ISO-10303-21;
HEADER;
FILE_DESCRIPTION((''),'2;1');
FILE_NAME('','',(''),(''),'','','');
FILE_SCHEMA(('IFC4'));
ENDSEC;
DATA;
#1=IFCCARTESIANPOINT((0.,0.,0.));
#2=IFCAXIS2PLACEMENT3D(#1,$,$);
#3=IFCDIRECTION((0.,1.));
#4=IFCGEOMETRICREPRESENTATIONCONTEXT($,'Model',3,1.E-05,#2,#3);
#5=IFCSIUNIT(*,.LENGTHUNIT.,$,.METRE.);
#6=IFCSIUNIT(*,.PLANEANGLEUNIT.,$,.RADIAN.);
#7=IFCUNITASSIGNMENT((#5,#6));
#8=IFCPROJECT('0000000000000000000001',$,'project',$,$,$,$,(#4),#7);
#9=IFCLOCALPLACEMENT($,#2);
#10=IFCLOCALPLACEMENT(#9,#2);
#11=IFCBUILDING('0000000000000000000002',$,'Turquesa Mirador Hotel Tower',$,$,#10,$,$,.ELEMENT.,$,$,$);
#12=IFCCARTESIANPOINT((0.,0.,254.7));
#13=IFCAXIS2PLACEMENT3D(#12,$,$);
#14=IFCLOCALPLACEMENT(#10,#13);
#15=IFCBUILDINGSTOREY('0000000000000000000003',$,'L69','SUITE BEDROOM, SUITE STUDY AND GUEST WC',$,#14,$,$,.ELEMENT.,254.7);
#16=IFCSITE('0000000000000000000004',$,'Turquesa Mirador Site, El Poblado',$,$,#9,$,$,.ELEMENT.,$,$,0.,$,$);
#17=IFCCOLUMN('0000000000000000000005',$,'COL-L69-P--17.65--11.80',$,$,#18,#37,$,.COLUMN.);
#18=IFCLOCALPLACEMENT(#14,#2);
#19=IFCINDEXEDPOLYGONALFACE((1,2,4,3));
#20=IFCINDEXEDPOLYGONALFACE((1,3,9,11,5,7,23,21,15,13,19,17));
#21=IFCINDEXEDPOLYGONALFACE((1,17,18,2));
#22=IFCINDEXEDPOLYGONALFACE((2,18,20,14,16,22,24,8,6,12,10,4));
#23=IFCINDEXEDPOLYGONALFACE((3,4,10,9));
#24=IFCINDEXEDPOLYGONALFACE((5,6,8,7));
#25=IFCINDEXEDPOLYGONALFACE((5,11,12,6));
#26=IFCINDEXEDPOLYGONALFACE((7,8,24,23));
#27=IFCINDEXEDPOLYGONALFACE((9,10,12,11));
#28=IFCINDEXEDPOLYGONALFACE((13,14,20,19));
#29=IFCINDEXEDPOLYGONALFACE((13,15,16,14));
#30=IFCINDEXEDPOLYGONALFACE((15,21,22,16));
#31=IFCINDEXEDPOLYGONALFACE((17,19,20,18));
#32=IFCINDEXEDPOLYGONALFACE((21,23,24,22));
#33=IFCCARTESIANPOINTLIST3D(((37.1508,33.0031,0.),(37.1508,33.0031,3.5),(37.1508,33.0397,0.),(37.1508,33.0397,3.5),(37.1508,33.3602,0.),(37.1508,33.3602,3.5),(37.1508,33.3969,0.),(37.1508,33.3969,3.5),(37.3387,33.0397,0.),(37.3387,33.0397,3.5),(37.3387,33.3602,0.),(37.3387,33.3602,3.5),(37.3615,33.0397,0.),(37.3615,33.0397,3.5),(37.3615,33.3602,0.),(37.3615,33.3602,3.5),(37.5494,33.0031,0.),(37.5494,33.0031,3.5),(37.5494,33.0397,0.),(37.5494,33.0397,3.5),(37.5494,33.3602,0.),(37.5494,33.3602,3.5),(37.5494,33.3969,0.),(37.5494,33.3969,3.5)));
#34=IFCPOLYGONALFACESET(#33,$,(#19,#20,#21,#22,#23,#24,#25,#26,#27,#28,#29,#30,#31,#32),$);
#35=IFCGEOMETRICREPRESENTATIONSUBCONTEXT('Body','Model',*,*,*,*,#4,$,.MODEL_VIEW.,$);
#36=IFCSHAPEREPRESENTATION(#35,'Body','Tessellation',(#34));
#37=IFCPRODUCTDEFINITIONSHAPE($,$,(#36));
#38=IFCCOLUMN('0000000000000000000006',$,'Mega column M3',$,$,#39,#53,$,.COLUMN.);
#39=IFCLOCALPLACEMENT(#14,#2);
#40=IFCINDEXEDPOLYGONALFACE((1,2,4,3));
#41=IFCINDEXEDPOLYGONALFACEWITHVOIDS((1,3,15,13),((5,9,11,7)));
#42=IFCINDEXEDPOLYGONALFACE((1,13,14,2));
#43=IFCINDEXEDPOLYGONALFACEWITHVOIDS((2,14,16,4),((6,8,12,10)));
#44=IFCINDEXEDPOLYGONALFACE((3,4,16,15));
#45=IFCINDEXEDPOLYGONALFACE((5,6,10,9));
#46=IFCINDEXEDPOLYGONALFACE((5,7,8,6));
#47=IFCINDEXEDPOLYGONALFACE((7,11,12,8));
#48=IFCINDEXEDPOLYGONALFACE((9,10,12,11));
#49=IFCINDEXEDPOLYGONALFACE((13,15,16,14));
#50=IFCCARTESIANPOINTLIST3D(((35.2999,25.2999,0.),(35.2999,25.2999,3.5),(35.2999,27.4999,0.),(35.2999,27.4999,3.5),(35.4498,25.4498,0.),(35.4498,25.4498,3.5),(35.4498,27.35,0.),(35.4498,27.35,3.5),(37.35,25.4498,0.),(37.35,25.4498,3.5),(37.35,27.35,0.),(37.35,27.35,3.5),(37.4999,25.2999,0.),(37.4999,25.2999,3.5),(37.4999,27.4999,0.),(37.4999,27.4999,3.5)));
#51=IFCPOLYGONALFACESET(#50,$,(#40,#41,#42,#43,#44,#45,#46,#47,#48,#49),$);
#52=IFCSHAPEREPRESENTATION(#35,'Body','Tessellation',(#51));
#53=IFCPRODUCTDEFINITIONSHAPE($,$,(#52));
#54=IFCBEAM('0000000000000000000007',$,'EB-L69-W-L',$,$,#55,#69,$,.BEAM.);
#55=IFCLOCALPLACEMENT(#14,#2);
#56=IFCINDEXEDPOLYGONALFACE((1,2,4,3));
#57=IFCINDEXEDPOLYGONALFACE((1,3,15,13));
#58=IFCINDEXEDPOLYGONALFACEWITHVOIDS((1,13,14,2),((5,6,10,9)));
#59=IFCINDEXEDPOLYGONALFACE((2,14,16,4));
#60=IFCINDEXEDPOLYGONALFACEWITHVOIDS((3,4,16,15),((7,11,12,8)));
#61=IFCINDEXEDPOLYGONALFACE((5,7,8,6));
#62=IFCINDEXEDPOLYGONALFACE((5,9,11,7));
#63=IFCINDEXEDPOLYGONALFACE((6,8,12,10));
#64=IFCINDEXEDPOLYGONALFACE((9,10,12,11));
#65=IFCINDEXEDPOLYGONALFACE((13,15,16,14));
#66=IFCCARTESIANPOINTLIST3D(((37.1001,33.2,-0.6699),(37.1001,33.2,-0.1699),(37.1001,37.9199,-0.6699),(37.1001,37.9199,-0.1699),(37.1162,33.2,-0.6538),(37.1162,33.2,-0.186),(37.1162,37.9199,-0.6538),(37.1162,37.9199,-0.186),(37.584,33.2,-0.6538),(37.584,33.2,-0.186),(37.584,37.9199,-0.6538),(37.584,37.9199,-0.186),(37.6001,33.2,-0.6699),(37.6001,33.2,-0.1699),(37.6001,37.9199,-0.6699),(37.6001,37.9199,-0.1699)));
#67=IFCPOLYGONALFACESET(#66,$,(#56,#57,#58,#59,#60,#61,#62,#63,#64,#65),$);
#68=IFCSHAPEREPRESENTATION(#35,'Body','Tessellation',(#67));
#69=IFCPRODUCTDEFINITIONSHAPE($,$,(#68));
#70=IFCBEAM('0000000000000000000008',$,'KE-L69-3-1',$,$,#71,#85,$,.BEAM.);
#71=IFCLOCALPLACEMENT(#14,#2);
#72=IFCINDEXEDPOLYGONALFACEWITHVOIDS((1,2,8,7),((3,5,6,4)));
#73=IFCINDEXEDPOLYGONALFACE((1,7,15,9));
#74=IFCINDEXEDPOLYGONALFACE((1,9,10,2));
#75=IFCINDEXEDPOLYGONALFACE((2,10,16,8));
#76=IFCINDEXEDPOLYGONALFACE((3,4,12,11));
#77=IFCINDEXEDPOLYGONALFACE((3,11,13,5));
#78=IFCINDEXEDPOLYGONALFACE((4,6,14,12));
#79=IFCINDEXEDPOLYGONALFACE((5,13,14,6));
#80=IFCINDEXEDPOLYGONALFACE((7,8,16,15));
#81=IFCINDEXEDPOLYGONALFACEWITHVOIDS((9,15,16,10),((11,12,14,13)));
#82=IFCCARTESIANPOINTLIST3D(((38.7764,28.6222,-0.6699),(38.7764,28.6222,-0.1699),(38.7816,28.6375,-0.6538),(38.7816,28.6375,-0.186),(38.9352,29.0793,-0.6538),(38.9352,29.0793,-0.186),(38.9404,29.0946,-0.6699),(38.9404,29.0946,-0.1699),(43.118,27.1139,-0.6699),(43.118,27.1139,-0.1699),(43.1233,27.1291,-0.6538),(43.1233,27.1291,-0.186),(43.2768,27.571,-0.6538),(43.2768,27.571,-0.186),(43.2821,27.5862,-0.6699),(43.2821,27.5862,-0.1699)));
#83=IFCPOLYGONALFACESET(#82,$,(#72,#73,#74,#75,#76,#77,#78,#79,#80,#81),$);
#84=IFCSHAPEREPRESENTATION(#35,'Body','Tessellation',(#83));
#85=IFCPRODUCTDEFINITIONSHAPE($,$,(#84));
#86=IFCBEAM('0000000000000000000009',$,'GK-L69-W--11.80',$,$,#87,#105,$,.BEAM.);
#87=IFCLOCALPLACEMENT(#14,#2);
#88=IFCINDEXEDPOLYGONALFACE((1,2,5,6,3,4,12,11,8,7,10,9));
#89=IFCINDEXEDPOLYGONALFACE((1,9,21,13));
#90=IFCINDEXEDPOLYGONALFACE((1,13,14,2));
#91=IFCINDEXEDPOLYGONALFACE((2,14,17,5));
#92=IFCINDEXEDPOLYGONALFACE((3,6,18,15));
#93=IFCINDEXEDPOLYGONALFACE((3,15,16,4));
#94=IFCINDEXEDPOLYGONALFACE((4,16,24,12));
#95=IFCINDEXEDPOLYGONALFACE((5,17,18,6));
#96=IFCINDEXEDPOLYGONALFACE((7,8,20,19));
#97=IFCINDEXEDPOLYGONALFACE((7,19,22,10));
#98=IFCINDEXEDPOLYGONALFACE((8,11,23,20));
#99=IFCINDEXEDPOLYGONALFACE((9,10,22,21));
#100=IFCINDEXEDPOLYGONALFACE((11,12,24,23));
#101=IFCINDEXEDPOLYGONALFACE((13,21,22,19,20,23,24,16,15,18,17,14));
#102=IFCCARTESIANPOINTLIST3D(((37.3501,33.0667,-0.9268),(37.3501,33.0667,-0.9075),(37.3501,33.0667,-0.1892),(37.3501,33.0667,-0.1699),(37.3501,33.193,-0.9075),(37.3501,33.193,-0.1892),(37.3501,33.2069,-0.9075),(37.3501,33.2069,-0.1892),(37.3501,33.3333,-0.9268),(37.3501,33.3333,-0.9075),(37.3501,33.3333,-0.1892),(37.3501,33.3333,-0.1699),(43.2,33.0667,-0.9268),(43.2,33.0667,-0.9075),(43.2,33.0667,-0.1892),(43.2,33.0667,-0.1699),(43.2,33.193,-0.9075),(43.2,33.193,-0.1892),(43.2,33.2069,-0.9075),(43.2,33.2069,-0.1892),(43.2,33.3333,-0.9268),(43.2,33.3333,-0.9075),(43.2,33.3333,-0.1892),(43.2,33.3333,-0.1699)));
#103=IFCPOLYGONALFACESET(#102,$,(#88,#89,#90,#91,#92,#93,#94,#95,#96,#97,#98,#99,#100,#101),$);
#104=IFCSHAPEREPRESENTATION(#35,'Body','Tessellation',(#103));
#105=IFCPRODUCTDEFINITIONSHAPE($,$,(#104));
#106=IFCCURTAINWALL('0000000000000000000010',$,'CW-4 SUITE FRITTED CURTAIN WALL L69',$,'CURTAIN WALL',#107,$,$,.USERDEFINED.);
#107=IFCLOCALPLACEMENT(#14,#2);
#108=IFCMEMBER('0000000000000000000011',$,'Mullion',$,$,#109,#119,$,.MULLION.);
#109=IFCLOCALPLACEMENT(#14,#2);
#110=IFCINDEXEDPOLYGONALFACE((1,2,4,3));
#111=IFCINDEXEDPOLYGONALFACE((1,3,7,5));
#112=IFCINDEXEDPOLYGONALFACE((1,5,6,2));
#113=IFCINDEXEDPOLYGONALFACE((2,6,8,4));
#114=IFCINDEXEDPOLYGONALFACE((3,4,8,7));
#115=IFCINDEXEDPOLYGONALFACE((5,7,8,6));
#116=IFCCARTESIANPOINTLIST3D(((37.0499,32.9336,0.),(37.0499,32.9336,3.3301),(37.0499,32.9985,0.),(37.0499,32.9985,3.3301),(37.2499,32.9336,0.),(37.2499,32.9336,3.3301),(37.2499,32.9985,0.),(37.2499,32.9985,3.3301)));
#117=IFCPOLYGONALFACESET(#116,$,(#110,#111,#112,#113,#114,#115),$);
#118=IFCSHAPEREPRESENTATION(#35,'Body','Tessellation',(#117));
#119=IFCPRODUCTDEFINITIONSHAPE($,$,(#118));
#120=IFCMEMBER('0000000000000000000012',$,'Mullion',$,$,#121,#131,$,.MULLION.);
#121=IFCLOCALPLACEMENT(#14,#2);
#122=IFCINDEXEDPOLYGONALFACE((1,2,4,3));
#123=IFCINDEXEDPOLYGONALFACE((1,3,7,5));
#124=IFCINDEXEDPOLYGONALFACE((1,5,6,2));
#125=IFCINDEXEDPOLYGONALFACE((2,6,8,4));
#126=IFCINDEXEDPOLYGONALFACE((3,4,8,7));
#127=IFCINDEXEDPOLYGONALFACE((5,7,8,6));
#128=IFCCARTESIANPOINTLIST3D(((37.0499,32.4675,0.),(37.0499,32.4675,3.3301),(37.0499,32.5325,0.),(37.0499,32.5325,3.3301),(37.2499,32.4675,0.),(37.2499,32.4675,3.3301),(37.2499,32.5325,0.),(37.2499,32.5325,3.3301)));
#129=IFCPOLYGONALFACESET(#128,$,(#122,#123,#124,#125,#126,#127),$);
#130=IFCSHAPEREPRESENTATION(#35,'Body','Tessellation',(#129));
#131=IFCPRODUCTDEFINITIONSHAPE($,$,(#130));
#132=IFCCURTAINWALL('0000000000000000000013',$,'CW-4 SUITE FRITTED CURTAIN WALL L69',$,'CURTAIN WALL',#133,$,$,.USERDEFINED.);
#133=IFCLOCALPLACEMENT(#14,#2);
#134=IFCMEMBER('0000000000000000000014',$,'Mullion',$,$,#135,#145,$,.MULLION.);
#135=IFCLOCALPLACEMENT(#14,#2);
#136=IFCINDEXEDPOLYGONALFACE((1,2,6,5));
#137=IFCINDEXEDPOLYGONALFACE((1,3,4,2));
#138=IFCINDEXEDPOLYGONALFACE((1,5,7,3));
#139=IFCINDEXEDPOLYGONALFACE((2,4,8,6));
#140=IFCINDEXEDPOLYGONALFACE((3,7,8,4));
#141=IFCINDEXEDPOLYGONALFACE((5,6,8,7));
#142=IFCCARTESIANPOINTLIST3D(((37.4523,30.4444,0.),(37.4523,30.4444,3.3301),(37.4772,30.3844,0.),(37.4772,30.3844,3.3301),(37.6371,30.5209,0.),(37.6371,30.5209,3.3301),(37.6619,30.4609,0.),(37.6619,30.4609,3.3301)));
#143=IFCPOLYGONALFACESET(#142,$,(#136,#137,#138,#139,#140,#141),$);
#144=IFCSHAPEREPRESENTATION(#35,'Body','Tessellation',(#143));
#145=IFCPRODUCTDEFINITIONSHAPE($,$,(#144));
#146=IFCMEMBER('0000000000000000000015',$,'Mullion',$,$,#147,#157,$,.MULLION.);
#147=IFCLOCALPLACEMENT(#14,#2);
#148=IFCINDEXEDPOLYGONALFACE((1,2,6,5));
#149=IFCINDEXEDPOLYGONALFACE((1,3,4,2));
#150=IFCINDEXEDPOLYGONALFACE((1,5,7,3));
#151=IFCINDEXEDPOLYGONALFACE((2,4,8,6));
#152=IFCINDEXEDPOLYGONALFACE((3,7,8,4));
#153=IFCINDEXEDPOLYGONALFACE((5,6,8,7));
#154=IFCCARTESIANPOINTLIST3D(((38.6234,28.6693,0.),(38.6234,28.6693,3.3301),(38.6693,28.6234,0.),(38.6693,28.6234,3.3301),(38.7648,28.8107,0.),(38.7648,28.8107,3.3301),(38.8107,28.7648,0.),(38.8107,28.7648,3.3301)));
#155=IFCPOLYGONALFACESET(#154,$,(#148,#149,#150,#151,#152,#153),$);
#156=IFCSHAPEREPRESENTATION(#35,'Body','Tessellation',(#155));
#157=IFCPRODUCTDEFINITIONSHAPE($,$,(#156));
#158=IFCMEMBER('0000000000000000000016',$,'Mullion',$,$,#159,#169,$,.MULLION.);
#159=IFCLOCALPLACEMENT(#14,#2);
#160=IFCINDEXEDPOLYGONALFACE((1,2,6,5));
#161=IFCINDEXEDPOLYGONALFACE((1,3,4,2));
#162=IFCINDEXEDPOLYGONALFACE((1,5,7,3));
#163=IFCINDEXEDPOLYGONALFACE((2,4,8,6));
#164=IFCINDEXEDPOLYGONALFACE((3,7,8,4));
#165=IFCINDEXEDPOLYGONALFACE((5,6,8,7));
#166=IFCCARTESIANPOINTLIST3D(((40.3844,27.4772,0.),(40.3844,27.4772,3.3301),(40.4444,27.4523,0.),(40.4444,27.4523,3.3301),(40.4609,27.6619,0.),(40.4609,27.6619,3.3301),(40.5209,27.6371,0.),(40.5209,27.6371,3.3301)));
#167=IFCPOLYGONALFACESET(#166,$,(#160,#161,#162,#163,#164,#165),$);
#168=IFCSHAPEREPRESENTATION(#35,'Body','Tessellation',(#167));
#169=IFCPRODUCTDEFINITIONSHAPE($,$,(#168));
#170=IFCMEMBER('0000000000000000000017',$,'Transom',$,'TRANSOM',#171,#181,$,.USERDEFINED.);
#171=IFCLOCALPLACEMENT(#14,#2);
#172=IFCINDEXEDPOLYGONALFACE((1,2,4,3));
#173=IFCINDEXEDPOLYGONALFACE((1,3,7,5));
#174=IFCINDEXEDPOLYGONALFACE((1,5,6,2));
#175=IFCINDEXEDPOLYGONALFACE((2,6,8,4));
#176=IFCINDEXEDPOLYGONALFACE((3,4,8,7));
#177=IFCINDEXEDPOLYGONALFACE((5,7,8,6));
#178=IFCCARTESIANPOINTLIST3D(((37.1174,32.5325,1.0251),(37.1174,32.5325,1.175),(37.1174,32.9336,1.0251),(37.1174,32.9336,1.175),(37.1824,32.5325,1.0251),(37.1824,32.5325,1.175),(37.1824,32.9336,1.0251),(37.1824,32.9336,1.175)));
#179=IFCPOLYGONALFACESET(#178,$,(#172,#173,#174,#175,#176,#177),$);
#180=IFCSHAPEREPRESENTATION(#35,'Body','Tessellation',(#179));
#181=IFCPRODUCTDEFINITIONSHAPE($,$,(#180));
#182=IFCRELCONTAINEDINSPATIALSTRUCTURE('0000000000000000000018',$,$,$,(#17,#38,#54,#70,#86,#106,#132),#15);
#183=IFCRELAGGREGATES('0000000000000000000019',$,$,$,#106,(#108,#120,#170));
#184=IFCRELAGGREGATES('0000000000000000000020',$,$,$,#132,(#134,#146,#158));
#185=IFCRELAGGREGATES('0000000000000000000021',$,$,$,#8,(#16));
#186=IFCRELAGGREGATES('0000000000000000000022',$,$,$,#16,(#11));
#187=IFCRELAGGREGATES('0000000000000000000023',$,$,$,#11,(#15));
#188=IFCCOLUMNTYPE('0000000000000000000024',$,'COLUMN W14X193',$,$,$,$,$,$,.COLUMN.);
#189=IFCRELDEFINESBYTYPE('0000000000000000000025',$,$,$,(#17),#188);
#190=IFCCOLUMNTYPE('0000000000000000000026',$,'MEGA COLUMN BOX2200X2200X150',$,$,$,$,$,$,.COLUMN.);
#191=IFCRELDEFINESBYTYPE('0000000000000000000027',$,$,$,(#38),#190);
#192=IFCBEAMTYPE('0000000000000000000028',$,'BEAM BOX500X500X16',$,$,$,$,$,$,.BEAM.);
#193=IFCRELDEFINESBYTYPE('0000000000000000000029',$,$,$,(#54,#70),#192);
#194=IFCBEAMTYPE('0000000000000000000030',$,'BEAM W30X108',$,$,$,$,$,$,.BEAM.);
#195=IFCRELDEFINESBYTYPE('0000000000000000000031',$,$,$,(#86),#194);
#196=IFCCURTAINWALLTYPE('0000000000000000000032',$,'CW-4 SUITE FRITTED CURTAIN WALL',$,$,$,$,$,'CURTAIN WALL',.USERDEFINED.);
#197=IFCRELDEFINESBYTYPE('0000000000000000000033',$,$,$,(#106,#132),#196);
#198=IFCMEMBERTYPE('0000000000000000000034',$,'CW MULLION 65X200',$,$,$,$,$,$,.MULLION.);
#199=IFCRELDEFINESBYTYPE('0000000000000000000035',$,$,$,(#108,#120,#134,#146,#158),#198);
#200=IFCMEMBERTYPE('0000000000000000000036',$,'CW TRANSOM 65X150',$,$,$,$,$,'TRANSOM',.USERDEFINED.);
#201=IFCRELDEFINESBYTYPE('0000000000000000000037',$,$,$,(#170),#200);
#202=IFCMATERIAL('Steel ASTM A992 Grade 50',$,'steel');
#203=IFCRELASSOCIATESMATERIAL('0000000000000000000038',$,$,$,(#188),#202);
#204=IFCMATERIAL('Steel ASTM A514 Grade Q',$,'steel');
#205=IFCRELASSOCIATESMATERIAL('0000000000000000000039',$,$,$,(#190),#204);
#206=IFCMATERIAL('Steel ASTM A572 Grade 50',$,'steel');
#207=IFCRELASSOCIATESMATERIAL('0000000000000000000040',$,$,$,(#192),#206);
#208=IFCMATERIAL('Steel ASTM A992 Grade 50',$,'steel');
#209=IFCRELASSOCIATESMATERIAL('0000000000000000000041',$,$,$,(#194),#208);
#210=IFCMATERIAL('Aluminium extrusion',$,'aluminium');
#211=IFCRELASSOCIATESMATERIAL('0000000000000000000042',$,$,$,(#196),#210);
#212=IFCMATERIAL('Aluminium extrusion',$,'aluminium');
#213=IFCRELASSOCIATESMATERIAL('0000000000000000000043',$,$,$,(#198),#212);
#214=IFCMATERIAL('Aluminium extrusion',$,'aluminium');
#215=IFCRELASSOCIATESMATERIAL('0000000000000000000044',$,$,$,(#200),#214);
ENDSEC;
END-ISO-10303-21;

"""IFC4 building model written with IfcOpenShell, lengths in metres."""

from ifc_helpers import new_model, si_unit, direction, frame, origin, origin_2d, place, context, subcontext, project, spatial, rectangle, hollow_rectangle, i_section, extrude, material, material_profile, profile_set, type_object, element, aggregate, save


model = new_model("IFC4")

# Units and contexts
model_context = context("Model", 3, precision=1e-05, world=origin(), true_north=direction((0.0, 1.0)))
body_context = subcontext(model_context, "Body", "Model", "MODEL_VIEW")
ifc_project = project(units=[si_unit("LENGTHUNIT", "METRE"), si_unit("PLANEANGLEUNIT", "RADIAN")], contexts=[model_context])

# Site, building, storey
site_placement = place(None, origin())
site = spatial("IfcSite", under=ifc_project, at=site_placement, Name="Turquesa Mirador Site, El Poblado", CompositionType="ELEMENT", RefElevation=0.0)
building_placement = place(site_placement, origin())
building = spatial("IfcBuilding", under=site, at=building_placement, Name="Turquesa Mirador Hotel Tower", CompositionType="ELEMENT")
storey_placement = place(building_placement, frame((0.0, 0.0, 254.7)))
storey = spatial("IfcBuildingStorey", under=building, at=storey_placement, Name="L69", Description="SUITE BEDROOM, SUITE STUDY AND GUEST WC", CompositionType="ELEMENT", Elevation=254.7)

# Columns
ifc_material_1 = material(Name="Steel ASTM A992 Grade 50", Category="steel")
ifc_material_profile_1 = material_profile(ifc_material_1, i_section(OverallWidth=0.3987, OverallDepth=0.3938, WebThickness=0.0227, FlangeThickness=0.0366, at=origin_2d()), Name="W14X193")
ifc_profile_set_1 = profile_set([ifc_material_profile_1], Name="Steel ASTM A992 Grade 50")
column_type_1 = type_object("IfcColumnType", Name="COLUMN W14X193", PredefinedType="COLUMN", material=ifc_profile_set_1)
column_1_placement = place(storey_placement, frame((37.3501, 33.2, 0.0), z_axis=(0.0, 0.0, 1.0), x_axis=(1.0, 0.0, 0.0)))
element("IfcColumn", 1, at=column_1_placement, inside=storey, type_object=column_type_1, Name="COL-L69-P--17.65--11.80", PredefinedType="COLUMN", context=body_context, shape_type="SweptSolid", body=[
    extrude(i_section(OverallWidth=0.3987, OverallDepth=0.3938, WebThickness=0.0227, FlangeThickness=0.0366, at=origin_2d()), origin(), (0.0, 0.0, 1.0), 3.5),
])
ifc_material_2 = material(Name="Steel ASTM A514 Grade Q", Category="steel")
ifc_material_profile_2 = material_profile(ifc_material_2, hollow_rectangle(XDim=2.2, YDim=2.2, WallThickness=0.1499, at=origin_2d()), Name="BOX2200X2200X150")
ifc_profile_set_2 = profile_set([ifc_material_profile_2], Name="Steel ASTM A514 Grade Q")
column_type_2 = type_object("IfcColumnType", Name="MEGA COLUMN BOX2200X2200X150", PredefinedType="COLUMN", material=ifc_profile_set_2)
column_2_placement = place(storey_placement, frame((36.3999, 26.3999, 0.0), z_axis=(0.0, 0.0, 1.0), x_axis=(1.0, 0.0, 0.0)))
element("IfcColumn", 2, at=column_2_placement, inside=storey, type_object=column_type_2, Name="Mega column M3", PredefinedType="COLUMN", context=body_context, shape_type="SweptSolid", body=[
    extrude(hollow_rectangle(XDim=2.2, YDim=2.2, WallThickness=0.1499, at=origin_2d()), origin(), (0.0, 0.0, 1.0), 3.5),
])

# Beams
ifc_material_3 = material(Name="Steel ASTM A572 Grade 50", Category="steel")
ifc_material_profile_3 = material_profile(ifc_material_3, hollow_rectangle(XDim=0.5, YDim=0.5, WallThickness=0.0161, at=origin_2d()), Name="BOX500X500X16")
ifc_profile_set_3 = profile_set([ifc_material_profile_3], Name="Steel ASTM A572 Grade 50")
beam_type_1 = type_object("IfcBeamType", Name="BEAM BOX500X500X16", PredefinedType="BEAM", material=ifc_profile_set_3)
beam_1_placement = place(storey_placement, frame((37.3501, 33.2, -0.4199), z_axis=(0.0, 1.0, 0.0), x_axis=(-1.0, 0.0, 0.0)))
element("IfcBeam", 3, at=beam_1_placement, inside=storey, type_object=beam_type_1, Name="EB-L69-W-L", PredefinedType="BEAM", context=body_context, shape_type="SweptSolid", body=[
    extrude(hollow_rectangle(XDim=0.5, YDim=0.5, WallThickness=0.0161, at=origin_2d()), origin(), (0.0, 0.0, 1.0), 4.72),
])
beam_2_placement = place(storey_placement, frame((38.8584, 28.8584, -0.4199), z_axis=(0.944619, -0.32817, 0.0), x_axis=(0.32817, 0.944619, 0.0)))
element("IfcBeam", 4, at=beam_2_placement, inside=storey, type_object=beam_type_1, Name="KE-L69-3-1", PredefinedType="BEAM", context=body_context, shape_type="SweptSolid", body=[
    extrude(hollow_rectangle(XDim=0.5, YDim=0.5, WallThickness=0.0161, at=origin_2d()), origin(), (0.0, 0.0, 1.0), 4.5962),
])
ifc_material_4 = material(Name="Steel ASTM A992 Grade 50", Category="steel")
ifc_material_profile_4 = material_profile(ifc_material_4, i_section(OverallWidth=0.2666, OverallDepth=0.7568, WebThickness=0.0139, FlangeThickness=0.0193, at=origin_2d()), Name="W30X108")
ifc_profile_set_4 = profile_set([ifc_material_profile_4], Name="Steel ASTM A992 Grade 50")
beam_type_2 = type_object("IfcBeamType", Name="BEAM W30X108", PredefinedType="BEAM", material=ifc_profile_set_4)
beam_3_placement = place(storey_placement, frame((37.3501, 33.2, -0.5483), z_axis=(1.0, 0.0, 0.0), x_axis=(0.0, 1.0, 0.0)))
element("IfcBeam", 5, at=beam_3_placement, inside=storey, type_object=beam_type_2, Name="GK-L69-W--11.80", PredefinedType="BEAM", context=body_context, shape_type="SweptSolid", body=[
    extrude(i_section(OverallWidth=0.2666, OverallDepth=0.7568, WebThickness=0.0139, FlangeThickness=0.0193, at=origin_2d()), origin(), (0.0, 0.0, 1.0), 5.8499),
])

# Curtain walls, members
ifc_material_5 = material(Name="Aluminium extrusion", Category="aluminium")
curtain_wall_type = type_object("IfcCurtainWallType", Name="CW-4 SUITE FRITTED CURTAIN WALL", ElementType="CURTAIN WALL", PredefinedType="USERDEFINED", material=ifc_material_5)
curtain_wall_1_placement = place(storey_placement, origin())
curtain_wall_1 = element("IfcCurtainWall", 6, at=curtain_wall_1_placement, inside=storey, type_object=curtain_wall_type, Name="CW-4 SUITE FRITTED CURTAIN WALL L69", ObjectType="CURTAIN WALL", PredefinedType="USERDEFINED")
ifc_material_6 = material(Name="Aluminium extrusion", Category="aluminium")
ifc_material_profile_5 = material_profile(ifc_material_6, rectangle(XDim=0.0649, YDim=0.2, at=origin_2d()), Name="MULLION 65X200")
ifc_profile_set_5 = profile_set([ifc_material_profile_5], Name="Aluminium extrusion")
member_type_1 = type_object("IfcMemberType", Name="CW MULLION 65X200", PredefinedType="MULLION", material=ifc_profile_set_5)
member_1_placement = place(storey_placement, frame((37.1499, 32.9661, 0.0), z_axis=(0.0, 0.0, 1.0), x_axis=(0.0, -1.0, 0.0)))
member_1 = element("IfcMember", 7, at=member_1_placement, type_object=member_type_1, Name="Mullion", PredefinedType="MULLION", context=body_context, shape_type="SweptSolid", body=[
    extrude(rectangle(XDim=0.0649, YDim=0.2, at=origin_2d()), origin(), (0.0, 0.0, 1.0), 3.3301),
])
member_2_placement = place(storey_placement, frame((37.1499, 32.5, 0.0), z_axis=(0.0, 0.0, 1.0), x_axis=(0.0, -1.0, 0.0)))
member_2 = element("IfcMember", 8, at=member_2_placement, type_object=member_type_1, Name="Mullion", PredefinedType="MULLION", context=body_context, shape_type="SweptSolid", body=[
    extrude(rectangle(XDim=0.0649, YDim=0.2, at=origin_2d()), origin(), (0.0, 0.0, 1.0), 3.3301),
])
curtain_wall_2_placement = place(storey_placement, origin())
curtain_wall_2 = element("IfcCurtainWall", 9, at=curtain_wall_2_placement, inside=storey, type_object=curtain_wall_type, Name="CW-4 SUITE FRITTED CURTAIN WALL L69", ObjectType="CURTAIN WALL", PredefinedType="USERDEFINED")
member_3_placement = place(storey_placement, frame((37.5571, 30.4526, 0.0), z_axis=(0.0, 0.0, 1.0), x_axis=(0.382683, -0.92388, 0.0)))
member_3 = element("IfcMember", 10, at=member_3_placement, type_object=member_type_1, Name="Mullion", PredefinedType="MULLION", context=body_context, shape_type="SweptSolid", body=[
    extrude(rectangle(XDim=0.0649, YDim=0.2, at=origin_2d()), origin(), (0.0, 0.0, 1.0), 3.3301),
])
member_4_placement = place(storey_placement, frame((38.717, 28.717, 0.0), z_axis=(0.0, 0.0, 1.0), x_axis=(0.707107, -0.707107, 0.0)))
member_4 = element("IfcMember", 11, at=member_4_placement, type_object=member_type_1, Name="Mullion", PredefinedType="MULLION", context=body_context, shape_type="SweptSolid", body=[
    extrude(rectangle(XDim=0.0649, YDim=0.2, at=origin_2d()), origin(), (0.0, 0.0, 1.0), 3.3301),
])
member_5_placement = place(storey_placement, frame((40.4526, 27.5571, 0.0), z_axis=(0.0, 0.0, 1.0), x_axis=(0.92388, -0.382683, 0.0)))
member_5 = element("IfcMember", 12, at=member_5_placement, type_object=member_type_1, Name="Mullion", PredefinedType="MULLION", context=body_context, shape_type="SweptSolid", body=[
    extrude(rectangle(XDim=0.0649, YDim=0.2, at=origin_2d()), origin(), (0.0, 0.0, 1.0), 3.3301),
])

# Member
ifc_material_7 = material(Name="Aluminium extrusion", Category="aluminium")
ifc_material_profile_6 = material_profile(ifc_material_7, rectangle(XDim=0.0649, YDim=0.1499, at=origin_2d()), Name="TRANSOM 65X150")
ifc_profile_set_6 = profile_set([ifc_material_profile_6], Name="Aluminium extrusion")
member_type_2 = type_object("IfcMemberType", Name="CW TRANSOM 65X150", ElementType="TRANSOM", PredefinedType="USERDEFINED", material=ifc_profile_set_6)
member_6_placement = place(storey_placement, frame((37.1499, 32.9336, 1.1001), z_axis=(0.0, -1.0, 0.0), x_axis=(1.0, 0.0, 0.0)))
member_6 = element("IfcMember", 13, at=member_6_placement, type_object=member_type_2, Name="Transom", ObjectType="TRANSOM", PredefinedType="USERDEFINED", context=body_context, shape_type="SweptSolid", body=[
    extrude(rectangle(XDim=0.0649, YDim=0.1499, at=origin_2d()), origin(), (0.0, 0.0, 1.0), 0.4011),
])

aggregate(curtain_wall_1, [member_1, member_2, member_6])
aggregate(curtain_wall_2, [member_3, member_4, member_5])

save(model, "model.ifc")
